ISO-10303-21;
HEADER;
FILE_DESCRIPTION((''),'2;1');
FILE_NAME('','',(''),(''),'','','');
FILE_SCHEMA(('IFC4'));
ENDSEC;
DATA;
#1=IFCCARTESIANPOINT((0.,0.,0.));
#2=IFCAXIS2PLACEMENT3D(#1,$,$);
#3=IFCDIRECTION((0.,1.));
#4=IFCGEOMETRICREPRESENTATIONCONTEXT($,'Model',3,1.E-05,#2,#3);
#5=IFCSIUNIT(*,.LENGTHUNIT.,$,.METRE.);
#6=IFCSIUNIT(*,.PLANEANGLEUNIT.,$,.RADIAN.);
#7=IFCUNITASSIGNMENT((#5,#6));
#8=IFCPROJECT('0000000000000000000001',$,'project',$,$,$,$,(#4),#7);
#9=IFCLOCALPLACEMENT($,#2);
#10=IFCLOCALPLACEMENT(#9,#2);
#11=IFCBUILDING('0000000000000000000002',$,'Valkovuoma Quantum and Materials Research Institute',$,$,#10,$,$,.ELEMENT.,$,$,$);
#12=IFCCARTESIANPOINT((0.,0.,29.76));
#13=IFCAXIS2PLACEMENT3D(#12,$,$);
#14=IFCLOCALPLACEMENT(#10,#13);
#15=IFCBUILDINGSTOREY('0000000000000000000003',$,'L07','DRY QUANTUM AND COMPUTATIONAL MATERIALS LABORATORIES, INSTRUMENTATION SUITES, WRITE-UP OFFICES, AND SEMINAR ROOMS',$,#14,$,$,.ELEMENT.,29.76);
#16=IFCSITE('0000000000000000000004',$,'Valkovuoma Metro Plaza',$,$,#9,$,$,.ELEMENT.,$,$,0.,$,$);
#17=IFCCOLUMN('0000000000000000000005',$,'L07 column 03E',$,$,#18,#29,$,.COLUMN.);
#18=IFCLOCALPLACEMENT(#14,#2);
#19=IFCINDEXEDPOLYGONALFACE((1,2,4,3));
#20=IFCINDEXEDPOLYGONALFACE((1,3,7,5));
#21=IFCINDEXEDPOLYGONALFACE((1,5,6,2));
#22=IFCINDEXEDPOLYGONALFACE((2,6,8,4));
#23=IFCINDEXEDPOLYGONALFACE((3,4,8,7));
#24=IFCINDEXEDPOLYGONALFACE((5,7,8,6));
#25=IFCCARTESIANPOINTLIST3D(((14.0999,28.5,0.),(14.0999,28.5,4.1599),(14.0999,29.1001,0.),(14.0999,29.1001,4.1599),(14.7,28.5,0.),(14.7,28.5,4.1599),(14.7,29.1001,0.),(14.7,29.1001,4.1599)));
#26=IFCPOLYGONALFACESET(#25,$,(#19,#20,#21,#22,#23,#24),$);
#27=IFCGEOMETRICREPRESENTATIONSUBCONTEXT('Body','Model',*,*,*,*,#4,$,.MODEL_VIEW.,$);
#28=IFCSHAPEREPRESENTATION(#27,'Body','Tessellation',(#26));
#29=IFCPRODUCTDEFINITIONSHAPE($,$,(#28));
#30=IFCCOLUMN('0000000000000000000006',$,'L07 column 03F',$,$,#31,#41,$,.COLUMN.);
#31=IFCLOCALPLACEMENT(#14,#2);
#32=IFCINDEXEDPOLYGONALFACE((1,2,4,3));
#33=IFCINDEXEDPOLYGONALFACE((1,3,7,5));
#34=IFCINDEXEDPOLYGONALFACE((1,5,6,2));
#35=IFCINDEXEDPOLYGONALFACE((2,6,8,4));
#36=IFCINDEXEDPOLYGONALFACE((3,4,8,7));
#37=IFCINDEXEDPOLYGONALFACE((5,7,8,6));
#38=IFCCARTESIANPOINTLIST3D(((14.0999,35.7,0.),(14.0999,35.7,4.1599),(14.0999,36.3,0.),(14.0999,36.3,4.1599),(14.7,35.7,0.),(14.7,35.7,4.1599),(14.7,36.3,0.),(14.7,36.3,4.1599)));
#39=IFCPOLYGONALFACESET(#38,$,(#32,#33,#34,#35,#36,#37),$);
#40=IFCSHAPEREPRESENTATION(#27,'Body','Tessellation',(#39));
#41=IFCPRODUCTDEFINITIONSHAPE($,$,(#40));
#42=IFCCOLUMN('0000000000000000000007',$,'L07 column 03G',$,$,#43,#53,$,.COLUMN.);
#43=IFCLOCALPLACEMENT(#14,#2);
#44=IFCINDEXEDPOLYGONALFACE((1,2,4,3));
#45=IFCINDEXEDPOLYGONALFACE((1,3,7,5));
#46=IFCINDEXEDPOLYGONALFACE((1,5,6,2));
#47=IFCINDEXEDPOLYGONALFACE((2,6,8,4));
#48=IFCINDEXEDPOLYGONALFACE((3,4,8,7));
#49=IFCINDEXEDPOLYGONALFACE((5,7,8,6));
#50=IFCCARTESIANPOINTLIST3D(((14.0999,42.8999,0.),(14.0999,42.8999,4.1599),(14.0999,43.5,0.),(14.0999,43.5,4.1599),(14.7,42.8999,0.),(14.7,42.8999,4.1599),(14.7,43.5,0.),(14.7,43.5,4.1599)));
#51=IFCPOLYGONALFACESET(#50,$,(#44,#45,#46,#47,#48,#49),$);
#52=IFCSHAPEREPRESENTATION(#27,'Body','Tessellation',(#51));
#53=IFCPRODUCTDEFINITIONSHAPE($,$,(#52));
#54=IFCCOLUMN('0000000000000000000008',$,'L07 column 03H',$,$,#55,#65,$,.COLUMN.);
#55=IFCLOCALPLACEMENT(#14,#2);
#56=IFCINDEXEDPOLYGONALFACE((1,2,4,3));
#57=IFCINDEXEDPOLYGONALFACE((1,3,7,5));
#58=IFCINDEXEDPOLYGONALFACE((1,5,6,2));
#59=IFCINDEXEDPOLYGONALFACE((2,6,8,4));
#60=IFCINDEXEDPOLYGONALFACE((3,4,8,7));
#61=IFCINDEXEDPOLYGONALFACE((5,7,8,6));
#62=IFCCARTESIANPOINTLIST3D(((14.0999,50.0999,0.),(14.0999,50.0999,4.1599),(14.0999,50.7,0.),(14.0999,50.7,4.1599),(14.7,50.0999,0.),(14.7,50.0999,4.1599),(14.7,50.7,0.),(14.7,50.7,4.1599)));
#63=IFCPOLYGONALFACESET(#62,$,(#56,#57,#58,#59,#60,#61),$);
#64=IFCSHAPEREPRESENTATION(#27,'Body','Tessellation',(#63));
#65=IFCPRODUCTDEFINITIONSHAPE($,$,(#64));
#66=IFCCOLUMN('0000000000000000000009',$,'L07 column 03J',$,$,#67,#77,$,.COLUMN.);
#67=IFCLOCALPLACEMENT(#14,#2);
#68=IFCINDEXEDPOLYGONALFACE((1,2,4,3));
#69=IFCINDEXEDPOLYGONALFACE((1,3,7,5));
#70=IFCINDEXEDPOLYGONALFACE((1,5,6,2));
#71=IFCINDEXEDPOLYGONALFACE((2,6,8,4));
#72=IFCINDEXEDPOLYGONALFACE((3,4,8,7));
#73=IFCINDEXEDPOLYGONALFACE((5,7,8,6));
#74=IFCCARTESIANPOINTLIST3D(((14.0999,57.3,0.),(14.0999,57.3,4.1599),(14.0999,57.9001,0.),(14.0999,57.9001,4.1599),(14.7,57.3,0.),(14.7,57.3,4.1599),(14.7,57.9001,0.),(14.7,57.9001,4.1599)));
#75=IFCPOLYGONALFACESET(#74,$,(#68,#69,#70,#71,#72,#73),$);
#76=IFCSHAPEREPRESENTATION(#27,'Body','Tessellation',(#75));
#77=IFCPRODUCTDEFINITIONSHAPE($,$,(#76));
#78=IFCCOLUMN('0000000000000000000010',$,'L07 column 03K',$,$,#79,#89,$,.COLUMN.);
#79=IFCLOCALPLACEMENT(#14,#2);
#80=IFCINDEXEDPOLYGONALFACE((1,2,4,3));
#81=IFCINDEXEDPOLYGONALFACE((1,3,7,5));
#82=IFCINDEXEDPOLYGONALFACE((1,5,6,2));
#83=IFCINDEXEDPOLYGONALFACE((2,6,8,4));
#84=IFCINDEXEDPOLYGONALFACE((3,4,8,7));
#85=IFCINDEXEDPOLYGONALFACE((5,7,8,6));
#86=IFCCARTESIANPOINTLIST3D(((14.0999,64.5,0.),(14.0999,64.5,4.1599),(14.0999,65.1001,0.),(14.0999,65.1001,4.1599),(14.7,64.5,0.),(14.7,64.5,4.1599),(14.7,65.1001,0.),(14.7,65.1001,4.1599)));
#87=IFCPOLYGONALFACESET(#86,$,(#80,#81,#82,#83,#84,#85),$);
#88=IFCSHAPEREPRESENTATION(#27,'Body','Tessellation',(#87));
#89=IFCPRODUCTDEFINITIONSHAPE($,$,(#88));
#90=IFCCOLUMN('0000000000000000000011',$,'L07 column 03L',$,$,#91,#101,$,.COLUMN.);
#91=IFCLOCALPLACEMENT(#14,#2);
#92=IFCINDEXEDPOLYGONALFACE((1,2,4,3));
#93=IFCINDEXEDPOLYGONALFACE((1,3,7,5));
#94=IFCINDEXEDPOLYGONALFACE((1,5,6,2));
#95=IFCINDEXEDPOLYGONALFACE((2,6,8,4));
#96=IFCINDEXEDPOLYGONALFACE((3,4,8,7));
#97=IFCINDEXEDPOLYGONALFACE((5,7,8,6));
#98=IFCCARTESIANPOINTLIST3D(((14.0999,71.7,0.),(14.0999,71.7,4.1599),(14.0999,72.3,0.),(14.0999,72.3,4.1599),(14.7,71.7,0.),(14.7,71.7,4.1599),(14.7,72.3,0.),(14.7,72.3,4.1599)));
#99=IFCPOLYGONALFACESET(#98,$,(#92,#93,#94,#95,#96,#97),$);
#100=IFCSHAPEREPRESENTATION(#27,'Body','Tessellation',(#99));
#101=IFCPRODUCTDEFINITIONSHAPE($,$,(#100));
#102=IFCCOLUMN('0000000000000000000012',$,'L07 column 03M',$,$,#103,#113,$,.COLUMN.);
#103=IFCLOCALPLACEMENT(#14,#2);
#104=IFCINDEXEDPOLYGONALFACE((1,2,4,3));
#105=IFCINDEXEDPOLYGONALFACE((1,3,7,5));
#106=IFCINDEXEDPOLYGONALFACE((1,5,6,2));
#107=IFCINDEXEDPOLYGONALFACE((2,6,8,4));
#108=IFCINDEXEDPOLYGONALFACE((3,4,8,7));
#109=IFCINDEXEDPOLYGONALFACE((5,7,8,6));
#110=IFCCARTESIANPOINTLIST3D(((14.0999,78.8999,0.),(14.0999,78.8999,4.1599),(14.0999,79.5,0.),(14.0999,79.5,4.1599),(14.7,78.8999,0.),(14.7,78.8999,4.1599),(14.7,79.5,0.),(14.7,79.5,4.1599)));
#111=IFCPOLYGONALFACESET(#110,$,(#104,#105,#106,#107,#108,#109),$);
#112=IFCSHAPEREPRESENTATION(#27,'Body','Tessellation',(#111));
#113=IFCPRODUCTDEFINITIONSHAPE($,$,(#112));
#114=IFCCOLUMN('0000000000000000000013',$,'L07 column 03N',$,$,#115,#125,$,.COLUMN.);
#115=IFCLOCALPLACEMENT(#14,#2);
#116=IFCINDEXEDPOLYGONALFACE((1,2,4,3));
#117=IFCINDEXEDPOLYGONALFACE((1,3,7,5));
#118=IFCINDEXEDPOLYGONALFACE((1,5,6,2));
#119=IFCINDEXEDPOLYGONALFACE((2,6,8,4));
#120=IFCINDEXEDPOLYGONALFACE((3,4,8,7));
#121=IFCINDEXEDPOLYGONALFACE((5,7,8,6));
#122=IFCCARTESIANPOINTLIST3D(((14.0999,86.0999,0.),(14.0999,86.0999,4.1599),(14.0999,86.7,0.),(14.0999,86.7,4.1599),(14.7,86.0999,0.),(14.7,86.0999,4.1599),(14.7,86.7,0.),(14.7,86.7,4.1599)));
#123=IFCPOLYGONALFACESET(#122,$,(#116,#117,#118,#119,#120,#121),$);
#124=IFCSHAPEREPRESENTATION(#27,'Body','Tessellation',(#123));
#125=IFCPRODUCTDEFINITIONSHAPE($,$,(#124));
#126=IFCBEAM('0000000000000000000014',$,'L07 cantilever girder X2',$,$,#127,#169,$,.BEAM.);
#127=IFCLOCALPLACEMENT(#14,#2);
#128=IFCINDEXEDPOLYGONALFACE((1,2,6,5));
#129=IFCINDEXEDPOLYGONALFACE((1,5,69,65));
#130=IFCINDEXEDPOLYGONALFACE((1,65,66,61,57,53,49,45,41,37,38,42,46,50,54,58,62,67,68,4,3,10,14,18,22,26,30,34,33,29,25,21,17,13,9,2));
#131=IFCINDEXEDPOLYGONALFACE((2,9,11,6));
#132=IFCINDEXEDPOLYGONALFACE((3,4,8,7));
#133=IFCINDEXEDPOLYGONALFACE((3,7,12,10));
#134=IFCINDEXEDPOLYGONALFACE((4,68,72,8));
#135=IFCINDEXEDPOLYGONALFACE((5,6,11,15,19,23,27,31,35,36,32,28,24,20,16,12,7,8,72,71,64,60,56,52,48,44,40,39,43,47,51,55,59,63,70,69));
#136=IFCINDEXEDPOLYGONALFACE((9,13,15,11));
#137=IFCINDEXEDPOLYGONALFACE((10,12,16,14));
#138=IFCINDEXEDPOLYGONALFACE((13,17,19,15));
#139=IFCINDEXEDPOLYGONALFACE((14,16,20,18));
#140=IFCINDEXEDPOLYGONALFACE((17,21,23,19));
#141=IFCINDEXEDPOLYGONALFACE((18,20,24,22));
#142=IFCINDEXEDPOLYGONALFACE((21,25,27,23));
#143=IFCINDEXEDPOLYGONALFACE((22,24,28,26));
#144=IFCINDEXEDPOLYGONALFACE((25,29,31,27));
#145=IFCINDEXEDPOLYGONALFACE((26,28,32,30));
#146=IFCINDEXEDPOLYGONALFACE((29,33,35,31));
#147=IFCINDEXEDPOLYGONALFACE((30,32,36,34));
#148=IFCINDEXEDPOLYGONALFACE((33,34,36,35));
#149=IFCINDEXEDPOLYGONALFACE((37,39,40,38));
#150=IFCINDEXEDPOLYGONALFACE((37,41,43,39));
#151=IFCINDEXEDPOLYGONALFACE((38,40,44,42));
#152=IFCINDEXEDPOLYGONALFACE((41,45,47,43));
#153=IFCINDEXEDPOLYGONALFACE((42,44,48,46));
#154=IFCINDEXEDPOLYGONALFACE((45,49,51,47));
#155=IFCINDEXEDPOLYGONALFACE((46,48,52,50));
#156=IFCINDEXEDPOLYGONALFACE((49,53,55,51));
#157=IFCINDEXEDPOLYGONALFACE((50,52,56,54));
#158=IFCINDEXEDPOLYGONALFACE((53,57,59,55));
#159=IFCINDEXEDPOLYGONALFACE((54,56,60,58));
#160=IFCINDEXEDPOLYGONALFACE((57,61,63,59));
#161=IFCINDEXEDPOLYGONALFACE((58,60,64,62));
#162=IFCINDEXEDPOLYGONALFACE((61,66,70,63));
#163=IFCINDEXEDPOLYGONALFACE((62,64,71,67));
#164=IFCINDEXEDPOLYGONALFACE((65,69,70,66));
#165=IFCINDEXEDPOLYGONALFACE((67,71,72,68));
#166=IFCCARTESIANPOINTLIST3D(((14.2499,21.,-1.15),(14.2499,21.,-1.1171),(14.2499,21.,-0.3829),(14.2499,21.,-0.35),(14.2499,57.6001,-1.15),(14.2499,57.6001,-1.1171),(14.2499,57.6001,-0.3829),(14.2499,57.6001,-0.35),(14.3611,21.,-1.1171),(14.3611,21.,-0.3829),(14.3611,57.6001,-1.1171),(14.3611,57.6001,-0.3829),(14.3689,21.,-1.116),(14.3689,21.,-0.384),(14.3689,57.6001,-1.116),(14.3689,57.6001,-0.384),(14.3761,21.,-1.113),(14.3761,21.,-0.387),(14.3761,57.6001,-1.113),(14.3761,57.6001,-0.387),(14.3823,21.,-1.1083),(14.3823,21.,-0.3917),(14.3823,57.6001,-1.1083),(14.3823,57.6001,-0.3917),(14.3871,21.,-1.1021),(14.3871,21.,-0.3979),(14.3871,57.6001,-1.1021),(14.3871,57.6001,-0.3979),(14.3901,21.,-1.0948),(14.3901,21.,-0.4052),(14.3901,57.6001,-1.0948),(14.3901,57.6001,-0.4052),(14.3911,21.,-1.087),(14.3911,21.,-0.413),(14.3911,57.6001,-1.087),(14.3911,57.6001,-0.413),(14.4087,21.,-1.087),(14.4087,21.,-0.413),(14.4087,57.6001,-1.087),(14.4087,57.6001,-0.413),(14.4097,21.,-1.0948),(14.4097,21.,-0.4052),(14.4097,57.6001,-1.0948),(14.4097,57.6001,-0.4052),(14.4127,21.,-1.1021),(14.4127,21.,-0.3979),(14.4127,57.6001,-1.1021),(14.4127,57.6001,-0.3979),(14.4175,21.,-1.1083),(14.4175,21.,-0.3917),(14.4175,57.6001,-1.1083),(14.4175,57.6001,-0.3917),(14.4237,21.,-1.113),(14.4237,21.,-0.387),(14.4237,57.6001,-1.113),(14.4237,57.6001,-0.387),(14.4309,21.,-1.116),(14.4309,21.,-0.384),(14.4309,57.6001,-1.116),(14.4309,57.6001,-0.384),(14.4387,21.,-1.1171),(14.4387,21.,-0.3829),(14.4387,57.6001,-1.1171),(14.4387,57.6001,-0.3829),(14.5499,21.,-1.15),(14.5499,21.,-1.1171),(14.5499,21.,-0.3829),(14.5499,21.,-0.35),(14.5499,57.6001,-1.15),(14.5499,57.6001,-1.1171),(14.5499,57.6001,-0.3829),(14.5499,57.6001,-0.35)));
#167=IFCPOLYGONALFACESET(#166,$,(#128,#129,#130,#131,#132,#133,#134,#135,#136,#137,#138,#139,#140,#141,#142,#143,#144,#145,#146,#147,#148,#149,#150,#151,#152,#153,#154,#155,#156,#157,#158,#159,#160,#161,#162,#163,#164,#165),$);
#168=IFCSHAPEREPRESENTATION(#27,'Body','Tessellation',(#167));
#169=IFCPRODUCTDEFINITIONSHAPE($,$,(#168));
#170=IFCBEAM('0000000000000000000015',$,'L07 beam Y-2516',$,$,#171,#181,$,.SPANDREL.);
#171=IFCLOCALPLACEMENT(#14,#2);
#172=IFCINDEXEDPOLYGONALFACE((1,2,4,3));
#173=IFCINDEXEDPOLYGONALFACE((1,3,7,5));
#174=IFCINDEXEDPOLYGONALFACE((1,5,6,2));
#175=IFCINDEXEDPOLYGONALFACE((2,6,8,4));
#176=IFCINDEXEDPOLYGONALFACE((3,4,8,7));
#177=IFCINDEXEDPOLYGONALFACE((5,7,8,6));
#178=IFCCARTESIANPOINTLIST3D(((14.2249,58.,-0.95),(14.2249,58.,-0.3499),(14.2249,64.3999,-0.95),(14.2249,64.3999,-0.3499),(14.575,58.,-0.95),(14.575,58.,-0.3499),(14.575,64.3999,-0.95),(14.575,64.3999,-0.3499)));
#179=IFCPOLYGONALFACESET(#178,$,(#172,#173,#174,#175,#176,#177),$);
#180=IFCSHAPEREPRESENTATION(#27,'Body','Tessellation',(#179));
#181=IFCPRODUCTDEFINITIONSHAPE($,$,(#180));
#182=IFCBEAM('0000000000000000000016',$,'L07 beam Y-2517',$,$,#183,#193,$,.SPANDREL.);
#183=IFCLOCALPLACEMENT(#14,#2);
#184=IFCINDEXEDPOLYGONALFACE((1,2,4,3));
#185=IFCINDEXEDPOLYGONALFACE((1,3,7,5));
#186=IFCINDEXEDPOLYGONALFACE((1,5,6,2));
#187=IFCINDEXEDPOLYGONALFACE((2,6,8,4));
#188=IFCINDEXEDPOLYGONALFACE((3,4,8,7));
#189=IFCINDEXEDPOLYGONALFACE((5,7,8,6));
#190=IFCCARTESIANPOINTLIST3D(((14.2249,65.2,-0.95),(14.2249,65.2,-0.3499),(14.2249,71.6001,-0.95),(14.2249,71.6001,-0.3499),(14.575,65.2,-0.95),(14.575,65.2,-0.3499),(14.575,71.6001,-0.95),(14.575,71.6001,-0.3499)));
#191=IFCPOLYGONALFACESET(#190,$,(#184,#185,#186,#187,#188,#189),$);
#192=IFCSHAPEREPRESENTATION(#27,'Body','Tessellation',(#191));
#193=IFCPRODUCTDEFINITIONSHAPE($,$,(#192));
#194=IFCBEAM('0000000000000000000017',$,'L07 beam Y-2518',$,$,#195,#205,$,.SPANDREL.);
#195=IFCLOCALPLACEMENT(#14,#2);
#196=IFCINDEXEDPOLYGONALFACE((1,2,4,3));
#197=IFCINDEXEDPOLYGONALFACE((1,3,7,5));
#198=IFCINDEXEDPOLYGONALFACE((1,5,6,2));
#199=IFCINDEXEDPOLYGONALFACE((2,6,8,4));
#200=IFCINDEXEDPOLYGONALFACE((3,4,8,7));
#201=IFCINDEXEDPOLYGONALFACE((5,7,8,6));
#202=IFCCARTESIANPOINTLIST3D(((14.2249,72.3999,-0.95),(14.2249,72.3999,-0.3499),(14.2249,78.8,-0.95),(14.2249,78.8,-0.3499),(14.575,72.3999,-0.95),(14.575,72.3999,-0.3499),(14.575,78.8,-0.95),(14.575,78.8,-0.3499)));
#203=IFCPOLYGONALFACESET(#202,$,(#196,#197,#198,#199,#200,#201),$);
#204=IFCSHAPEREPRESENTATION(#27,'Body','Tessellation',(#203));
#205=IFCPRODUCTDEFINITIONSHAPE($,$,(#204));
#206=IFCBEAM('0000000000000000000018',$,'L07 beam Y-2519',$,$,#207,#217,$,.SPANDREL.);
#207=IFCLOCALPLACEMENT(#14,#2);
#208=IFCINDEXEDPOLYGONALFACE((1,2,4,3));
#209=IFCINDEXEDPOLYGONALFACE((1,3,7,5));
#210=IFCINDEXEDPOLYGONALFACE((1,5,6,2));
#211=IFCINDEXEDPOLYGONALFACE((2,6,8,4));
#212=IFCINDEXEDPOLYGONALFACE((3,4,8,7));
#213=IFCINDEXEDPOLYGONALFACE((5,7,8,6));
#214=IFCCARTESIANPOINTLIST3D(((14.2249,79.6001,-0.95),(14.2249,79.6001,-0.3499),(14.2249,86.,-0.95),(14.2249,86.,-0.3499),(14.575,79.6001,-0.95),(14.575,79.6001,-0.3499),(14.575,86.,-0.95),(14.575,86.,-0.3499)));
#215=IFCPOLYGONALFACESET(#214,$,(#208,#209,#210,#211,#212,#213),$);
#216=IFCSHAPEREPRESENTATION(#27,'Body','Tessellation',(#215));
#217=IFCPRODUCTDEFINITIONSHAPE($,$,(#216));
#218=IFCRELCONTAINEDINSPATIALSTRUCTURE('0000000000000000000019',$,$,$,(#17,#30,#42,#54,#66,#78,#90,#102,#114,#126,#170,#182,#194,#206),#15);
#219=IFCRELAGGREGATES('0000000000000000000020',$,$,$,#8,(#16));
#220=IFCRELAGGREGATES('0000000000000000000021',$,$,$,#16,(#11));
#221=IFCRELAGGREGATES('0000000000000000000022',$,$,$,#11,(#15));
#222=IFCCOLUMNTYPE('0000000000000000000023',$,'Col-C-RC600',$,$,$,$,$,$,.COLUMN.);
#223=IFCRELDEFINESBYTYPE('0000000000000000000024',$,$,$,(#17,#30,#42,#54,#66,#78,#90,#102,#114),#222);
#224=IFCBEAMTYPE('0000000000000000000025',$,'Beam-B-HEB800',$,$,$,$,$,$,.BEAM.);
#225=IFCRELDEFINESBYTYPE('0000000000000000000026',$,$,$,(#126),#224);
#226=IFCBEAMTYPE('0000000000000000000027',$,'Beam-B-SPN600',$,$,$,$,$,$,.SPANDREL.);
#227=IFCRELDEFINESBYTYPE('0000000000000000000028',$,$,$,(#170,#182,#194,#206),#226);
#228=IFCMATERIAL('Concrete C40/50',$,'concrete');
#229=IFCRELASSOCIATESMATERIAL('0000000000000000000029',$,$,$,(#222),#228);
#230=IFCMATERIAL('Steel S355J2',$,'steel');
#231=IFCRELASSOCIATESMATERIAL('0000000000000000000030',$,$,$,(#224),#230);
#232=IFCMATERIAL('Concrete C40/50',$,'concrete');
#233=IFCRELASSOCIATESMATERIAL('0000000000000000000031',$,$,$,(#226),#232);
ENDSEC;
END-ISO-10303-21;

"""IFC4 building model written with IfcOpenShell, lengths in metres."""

from ifc_helpers import new_model, si_unit, direction, frame, origin, origin_2d, place, context, subcontext, project, spatial, rectangle, i_section, extrude, material, material_profile, profile_set, type_object, element, save


model = new_model("IFC4")

# Units and contexts
model_context = context("Model", 3, precision=1e-05, world=origin(), true_north=direction((0.0, 1.0)))
body_context = subcontext(model_context, "Body", "Model", "MODEL_VIEW")
ifc_project = project(units=[si_unit("LENGTHUNIT", "METRE"), si_unit("PLANEANGLEUNIT", "RADIAN")], contexts=[model_context])

# Site, building, storey
site_placement = place(None, origin())
site = spatial("IfcSite", under=ifc_project, at=site_placement, Name="Valkovuoma Metro Plaza", CompositionType="ELEMENT", RefElevation=0.0)
building_placement = place(site_placement, origin())
building = spatial("IfcBuilding", under=site, at=building_placement, Name="Valkovuoma Quantum and Materials Research Institute", CompositionType="ELEMENT")
storey_placement = place(building_placement, frame((0.0, 0.0, 29.76)))
storey = spatial("IfcBuildingStorey", under=building, at=storey_placement, Name="L07", Description="DRY QUANTUM AND COMPUTATIONAL MATERIALS LABORATORIES, INSTRUMENTATION SUITES, WRITE-UP OFFICES, AND SEMINAR ROOMS", CompositionType="ELEMENT", Elevation=29.76)

# Columns
ifc_material_1 = material(Name="Concrete C40/50", Category="concrete")
ifc_material_profile_1 = material_profile(ifc_material_1, rectangle(XDim=0.6001, YDim=0.6001, at=origin_2d()), Name="Concrete C40/50")
ifc_profile_set_1 = profile_set([ifc_material_profile_1], Name="Concrete C40/50")
column_type = type_object("IfcColumnType", Name="Col-C-RC600", PredefinedType="COLUMN", material=ifc_profile_set_1)
for number, where, z_axis, x_axis, name in (
    (1, (14.3999, 28.8, 0.0), (0.0, 0.0, 1.0), (1.0, 0.0, 0.0), "L07 column 03E"),
    (2, (14.3999, 36.0, 0.0), (0.0, 0.0, 1.0), (1.0, 0.0, 0.0), "L07 column 03F"),
    (3, (14.3999, 43.2, 0.0), (0.0, 0.0, 1.0), (1.0, 0.0, 0.0), "L07 column 03G"),
    (4, (14.3999, 50.3999, 0.0), (0.0, 0.0, 1.0), (1.0, 0.0, 0.0), "L07 column 03H"),
    (5, (14.3999, 57.6001, 0.0), (0.0, 0.0, 1.0), (1.0, 0.0, 0.0), "L07 column 03J"),
    (6, (14.3999, 64.8, 0.0), (0.0, 0.0, 1.0), (1.0, 0.0, 0.0), "L07 column 03K"),
    (7, (14.3999, 72.0, 0.0), (0.0, 0.0, 1.0), (1.0, 0.0, 0.0), "L07 column 03L"),
    (8, (14.3999, 79.2, 0.0), (0.0, 0.0, 1.0), (1.0, 0.0, 0.0), "L07 column 03M"),
    (9, (14.3999, 86.3999, 0.0), (0.0, 0.0, 1.0), (1.0, 0.0, 0.0), "L07 column 03N"),
):
    element("IfcColumn", number, at=place(storey_placement, frame(where, z_axis=z_axis, x_axis=x_axis)), inside=storey, type_object=column_type, Name=name, PredefinedType="COLUMN", context=body_context, shape_type="SweptSolid", body=[
        extrude(rectangle(XDim=0.6001, YDim=0.6001, at=origin_2d()), origin(), (0.0, 0.0, 1.0), 4.1599),
    ])

# Beams
ifc_material_2 = material(Name="Steel S355J2", Category="steel")
ifc_material_profile_2 = material_profile(ifc_material_2, i_section(OverallWidth=0.3, OverallDepth=0.8, WebThickness=0.0176, FlangeThickness=0.033, FilletRadius=0.03, at=origin_2d()), Name="Steel S355J2")
ifc_profile_set_2 = profile_set([ifc_material_profile_2], Name="Steel S355J2")
beam_type_1 = type_object("IfcBeamType", Name="Beam-B-HEB800", PredefinedType="BEAM", material=ifc_profile_set_2)
beam_1_placement = place(storey_placement, frame((14.3999, 21.0, -0.75), z_axis=(0.0, 1.0, 0.0), x_axis=(-1.0, 0.0, 0.0)))
element("IfcBeam", 10, at=beam_1_placement, inside=storey, type_object=beam_type_1, Name="L07 cantilever girder X2", PredefinedType="BEAM", context=body_context, shape_type="SweptSolid", body=[
    extrude(i_section(OverallWidth=0.3, OverallDepth=0.8, WebThickness=0.0176, FlangeThickness=0.033, FilletRadius=0.03, at=origin_2d()), origin(), (0.0, 0.0, 1.0), 36.6001),
])
ifc_material_3 = material(Name="Concrete C40/50", Category="concrete")
ifc_material_profile_3 = material_profile(ifc_material_3, rectangle(XDim=0.3501, YDim=0.6001, at=origin_2d()), Name="Concrete C40/50")
ifc_profile_set_3 = profile_set([ifc_material_profile_3], Name="Concrete C40/50")
beam_type_2 = type_object("IfcBeamType", Name="Beam-B-SPN600", PredefinedType="SPANDREL", material=ifc_profile_set_3)
beam_2_placement = place(storey_placement, frame((14.3999, 58.0, -0.6499), z_axis=(0.0, 1.0, 0.0), x_axis=(-1.0, 0.0, 0.0)))
element("IfcBeam", 11, at=beam_2_placement, inside=storey, type_object=beam_type_2, Name="L07 beam Y-2516", PredefinedType="SPANDREL", context=body_context, shape_type="SweptSolid", body=[
    extrude(rectangle(XDim=0.3501, YDim=0.6001, at=origin_2d()), origin(), (0.0, 0.0, 1.0), 6.3999),
])
for number, where, z_axis, x_axis, name in (
    (12, (14.3999, 65.2, -0.6499), (0.0, 1.0, 0.0), (-1.0, 0.0, 0.0), "L07 beam Y-2517"),
    (13, (14.3999, 72.3999, -0.6499), (0.0, 1.0, 0.0), (-1.0, 0.0, 0.0), "L07 beam Y-2518"),
):
    element("IfcBeam", number, at=place(storey_placement, frame(where, z_axis=z_axis, x_axis=x_axis)), inside=storey, type_object=beam_type_2, Name=name, PredefinedType="SPANDREL", context=body_context, shape_type="SweptSolid", body=[
        extrude(rectangle(XDim=0.3501, YDim=0.6001, at=origin_2d()), origin(), (0.0, 0.0, 1.0), 6.4001),
    ])
for number, where, z_axis, x_axis, name in (
    (14, (14.3999, 79.6001, -0.6499), (0.0, 1.0, 0.0), (-1.0, 0.0, 0.0), "L07 beam Y-2519"),
):
    element("IfcBeam", number, at=place(storey_placement, frame(where, z_axis=z_axis, x_axis=x_axis)), inside=storey, type_object=beam_type_2, Name=name, PredefinedType="SPANDREL", context=body_context, shape_type="SweptSolid", body=[
        extrude(rectangle(XDim=0.3501, YDim=0.6001, at=origin_2d()), origin(), (0.0, 0.0, 1.0), 6.3999),
    ])

save(model, "model.ifc")
